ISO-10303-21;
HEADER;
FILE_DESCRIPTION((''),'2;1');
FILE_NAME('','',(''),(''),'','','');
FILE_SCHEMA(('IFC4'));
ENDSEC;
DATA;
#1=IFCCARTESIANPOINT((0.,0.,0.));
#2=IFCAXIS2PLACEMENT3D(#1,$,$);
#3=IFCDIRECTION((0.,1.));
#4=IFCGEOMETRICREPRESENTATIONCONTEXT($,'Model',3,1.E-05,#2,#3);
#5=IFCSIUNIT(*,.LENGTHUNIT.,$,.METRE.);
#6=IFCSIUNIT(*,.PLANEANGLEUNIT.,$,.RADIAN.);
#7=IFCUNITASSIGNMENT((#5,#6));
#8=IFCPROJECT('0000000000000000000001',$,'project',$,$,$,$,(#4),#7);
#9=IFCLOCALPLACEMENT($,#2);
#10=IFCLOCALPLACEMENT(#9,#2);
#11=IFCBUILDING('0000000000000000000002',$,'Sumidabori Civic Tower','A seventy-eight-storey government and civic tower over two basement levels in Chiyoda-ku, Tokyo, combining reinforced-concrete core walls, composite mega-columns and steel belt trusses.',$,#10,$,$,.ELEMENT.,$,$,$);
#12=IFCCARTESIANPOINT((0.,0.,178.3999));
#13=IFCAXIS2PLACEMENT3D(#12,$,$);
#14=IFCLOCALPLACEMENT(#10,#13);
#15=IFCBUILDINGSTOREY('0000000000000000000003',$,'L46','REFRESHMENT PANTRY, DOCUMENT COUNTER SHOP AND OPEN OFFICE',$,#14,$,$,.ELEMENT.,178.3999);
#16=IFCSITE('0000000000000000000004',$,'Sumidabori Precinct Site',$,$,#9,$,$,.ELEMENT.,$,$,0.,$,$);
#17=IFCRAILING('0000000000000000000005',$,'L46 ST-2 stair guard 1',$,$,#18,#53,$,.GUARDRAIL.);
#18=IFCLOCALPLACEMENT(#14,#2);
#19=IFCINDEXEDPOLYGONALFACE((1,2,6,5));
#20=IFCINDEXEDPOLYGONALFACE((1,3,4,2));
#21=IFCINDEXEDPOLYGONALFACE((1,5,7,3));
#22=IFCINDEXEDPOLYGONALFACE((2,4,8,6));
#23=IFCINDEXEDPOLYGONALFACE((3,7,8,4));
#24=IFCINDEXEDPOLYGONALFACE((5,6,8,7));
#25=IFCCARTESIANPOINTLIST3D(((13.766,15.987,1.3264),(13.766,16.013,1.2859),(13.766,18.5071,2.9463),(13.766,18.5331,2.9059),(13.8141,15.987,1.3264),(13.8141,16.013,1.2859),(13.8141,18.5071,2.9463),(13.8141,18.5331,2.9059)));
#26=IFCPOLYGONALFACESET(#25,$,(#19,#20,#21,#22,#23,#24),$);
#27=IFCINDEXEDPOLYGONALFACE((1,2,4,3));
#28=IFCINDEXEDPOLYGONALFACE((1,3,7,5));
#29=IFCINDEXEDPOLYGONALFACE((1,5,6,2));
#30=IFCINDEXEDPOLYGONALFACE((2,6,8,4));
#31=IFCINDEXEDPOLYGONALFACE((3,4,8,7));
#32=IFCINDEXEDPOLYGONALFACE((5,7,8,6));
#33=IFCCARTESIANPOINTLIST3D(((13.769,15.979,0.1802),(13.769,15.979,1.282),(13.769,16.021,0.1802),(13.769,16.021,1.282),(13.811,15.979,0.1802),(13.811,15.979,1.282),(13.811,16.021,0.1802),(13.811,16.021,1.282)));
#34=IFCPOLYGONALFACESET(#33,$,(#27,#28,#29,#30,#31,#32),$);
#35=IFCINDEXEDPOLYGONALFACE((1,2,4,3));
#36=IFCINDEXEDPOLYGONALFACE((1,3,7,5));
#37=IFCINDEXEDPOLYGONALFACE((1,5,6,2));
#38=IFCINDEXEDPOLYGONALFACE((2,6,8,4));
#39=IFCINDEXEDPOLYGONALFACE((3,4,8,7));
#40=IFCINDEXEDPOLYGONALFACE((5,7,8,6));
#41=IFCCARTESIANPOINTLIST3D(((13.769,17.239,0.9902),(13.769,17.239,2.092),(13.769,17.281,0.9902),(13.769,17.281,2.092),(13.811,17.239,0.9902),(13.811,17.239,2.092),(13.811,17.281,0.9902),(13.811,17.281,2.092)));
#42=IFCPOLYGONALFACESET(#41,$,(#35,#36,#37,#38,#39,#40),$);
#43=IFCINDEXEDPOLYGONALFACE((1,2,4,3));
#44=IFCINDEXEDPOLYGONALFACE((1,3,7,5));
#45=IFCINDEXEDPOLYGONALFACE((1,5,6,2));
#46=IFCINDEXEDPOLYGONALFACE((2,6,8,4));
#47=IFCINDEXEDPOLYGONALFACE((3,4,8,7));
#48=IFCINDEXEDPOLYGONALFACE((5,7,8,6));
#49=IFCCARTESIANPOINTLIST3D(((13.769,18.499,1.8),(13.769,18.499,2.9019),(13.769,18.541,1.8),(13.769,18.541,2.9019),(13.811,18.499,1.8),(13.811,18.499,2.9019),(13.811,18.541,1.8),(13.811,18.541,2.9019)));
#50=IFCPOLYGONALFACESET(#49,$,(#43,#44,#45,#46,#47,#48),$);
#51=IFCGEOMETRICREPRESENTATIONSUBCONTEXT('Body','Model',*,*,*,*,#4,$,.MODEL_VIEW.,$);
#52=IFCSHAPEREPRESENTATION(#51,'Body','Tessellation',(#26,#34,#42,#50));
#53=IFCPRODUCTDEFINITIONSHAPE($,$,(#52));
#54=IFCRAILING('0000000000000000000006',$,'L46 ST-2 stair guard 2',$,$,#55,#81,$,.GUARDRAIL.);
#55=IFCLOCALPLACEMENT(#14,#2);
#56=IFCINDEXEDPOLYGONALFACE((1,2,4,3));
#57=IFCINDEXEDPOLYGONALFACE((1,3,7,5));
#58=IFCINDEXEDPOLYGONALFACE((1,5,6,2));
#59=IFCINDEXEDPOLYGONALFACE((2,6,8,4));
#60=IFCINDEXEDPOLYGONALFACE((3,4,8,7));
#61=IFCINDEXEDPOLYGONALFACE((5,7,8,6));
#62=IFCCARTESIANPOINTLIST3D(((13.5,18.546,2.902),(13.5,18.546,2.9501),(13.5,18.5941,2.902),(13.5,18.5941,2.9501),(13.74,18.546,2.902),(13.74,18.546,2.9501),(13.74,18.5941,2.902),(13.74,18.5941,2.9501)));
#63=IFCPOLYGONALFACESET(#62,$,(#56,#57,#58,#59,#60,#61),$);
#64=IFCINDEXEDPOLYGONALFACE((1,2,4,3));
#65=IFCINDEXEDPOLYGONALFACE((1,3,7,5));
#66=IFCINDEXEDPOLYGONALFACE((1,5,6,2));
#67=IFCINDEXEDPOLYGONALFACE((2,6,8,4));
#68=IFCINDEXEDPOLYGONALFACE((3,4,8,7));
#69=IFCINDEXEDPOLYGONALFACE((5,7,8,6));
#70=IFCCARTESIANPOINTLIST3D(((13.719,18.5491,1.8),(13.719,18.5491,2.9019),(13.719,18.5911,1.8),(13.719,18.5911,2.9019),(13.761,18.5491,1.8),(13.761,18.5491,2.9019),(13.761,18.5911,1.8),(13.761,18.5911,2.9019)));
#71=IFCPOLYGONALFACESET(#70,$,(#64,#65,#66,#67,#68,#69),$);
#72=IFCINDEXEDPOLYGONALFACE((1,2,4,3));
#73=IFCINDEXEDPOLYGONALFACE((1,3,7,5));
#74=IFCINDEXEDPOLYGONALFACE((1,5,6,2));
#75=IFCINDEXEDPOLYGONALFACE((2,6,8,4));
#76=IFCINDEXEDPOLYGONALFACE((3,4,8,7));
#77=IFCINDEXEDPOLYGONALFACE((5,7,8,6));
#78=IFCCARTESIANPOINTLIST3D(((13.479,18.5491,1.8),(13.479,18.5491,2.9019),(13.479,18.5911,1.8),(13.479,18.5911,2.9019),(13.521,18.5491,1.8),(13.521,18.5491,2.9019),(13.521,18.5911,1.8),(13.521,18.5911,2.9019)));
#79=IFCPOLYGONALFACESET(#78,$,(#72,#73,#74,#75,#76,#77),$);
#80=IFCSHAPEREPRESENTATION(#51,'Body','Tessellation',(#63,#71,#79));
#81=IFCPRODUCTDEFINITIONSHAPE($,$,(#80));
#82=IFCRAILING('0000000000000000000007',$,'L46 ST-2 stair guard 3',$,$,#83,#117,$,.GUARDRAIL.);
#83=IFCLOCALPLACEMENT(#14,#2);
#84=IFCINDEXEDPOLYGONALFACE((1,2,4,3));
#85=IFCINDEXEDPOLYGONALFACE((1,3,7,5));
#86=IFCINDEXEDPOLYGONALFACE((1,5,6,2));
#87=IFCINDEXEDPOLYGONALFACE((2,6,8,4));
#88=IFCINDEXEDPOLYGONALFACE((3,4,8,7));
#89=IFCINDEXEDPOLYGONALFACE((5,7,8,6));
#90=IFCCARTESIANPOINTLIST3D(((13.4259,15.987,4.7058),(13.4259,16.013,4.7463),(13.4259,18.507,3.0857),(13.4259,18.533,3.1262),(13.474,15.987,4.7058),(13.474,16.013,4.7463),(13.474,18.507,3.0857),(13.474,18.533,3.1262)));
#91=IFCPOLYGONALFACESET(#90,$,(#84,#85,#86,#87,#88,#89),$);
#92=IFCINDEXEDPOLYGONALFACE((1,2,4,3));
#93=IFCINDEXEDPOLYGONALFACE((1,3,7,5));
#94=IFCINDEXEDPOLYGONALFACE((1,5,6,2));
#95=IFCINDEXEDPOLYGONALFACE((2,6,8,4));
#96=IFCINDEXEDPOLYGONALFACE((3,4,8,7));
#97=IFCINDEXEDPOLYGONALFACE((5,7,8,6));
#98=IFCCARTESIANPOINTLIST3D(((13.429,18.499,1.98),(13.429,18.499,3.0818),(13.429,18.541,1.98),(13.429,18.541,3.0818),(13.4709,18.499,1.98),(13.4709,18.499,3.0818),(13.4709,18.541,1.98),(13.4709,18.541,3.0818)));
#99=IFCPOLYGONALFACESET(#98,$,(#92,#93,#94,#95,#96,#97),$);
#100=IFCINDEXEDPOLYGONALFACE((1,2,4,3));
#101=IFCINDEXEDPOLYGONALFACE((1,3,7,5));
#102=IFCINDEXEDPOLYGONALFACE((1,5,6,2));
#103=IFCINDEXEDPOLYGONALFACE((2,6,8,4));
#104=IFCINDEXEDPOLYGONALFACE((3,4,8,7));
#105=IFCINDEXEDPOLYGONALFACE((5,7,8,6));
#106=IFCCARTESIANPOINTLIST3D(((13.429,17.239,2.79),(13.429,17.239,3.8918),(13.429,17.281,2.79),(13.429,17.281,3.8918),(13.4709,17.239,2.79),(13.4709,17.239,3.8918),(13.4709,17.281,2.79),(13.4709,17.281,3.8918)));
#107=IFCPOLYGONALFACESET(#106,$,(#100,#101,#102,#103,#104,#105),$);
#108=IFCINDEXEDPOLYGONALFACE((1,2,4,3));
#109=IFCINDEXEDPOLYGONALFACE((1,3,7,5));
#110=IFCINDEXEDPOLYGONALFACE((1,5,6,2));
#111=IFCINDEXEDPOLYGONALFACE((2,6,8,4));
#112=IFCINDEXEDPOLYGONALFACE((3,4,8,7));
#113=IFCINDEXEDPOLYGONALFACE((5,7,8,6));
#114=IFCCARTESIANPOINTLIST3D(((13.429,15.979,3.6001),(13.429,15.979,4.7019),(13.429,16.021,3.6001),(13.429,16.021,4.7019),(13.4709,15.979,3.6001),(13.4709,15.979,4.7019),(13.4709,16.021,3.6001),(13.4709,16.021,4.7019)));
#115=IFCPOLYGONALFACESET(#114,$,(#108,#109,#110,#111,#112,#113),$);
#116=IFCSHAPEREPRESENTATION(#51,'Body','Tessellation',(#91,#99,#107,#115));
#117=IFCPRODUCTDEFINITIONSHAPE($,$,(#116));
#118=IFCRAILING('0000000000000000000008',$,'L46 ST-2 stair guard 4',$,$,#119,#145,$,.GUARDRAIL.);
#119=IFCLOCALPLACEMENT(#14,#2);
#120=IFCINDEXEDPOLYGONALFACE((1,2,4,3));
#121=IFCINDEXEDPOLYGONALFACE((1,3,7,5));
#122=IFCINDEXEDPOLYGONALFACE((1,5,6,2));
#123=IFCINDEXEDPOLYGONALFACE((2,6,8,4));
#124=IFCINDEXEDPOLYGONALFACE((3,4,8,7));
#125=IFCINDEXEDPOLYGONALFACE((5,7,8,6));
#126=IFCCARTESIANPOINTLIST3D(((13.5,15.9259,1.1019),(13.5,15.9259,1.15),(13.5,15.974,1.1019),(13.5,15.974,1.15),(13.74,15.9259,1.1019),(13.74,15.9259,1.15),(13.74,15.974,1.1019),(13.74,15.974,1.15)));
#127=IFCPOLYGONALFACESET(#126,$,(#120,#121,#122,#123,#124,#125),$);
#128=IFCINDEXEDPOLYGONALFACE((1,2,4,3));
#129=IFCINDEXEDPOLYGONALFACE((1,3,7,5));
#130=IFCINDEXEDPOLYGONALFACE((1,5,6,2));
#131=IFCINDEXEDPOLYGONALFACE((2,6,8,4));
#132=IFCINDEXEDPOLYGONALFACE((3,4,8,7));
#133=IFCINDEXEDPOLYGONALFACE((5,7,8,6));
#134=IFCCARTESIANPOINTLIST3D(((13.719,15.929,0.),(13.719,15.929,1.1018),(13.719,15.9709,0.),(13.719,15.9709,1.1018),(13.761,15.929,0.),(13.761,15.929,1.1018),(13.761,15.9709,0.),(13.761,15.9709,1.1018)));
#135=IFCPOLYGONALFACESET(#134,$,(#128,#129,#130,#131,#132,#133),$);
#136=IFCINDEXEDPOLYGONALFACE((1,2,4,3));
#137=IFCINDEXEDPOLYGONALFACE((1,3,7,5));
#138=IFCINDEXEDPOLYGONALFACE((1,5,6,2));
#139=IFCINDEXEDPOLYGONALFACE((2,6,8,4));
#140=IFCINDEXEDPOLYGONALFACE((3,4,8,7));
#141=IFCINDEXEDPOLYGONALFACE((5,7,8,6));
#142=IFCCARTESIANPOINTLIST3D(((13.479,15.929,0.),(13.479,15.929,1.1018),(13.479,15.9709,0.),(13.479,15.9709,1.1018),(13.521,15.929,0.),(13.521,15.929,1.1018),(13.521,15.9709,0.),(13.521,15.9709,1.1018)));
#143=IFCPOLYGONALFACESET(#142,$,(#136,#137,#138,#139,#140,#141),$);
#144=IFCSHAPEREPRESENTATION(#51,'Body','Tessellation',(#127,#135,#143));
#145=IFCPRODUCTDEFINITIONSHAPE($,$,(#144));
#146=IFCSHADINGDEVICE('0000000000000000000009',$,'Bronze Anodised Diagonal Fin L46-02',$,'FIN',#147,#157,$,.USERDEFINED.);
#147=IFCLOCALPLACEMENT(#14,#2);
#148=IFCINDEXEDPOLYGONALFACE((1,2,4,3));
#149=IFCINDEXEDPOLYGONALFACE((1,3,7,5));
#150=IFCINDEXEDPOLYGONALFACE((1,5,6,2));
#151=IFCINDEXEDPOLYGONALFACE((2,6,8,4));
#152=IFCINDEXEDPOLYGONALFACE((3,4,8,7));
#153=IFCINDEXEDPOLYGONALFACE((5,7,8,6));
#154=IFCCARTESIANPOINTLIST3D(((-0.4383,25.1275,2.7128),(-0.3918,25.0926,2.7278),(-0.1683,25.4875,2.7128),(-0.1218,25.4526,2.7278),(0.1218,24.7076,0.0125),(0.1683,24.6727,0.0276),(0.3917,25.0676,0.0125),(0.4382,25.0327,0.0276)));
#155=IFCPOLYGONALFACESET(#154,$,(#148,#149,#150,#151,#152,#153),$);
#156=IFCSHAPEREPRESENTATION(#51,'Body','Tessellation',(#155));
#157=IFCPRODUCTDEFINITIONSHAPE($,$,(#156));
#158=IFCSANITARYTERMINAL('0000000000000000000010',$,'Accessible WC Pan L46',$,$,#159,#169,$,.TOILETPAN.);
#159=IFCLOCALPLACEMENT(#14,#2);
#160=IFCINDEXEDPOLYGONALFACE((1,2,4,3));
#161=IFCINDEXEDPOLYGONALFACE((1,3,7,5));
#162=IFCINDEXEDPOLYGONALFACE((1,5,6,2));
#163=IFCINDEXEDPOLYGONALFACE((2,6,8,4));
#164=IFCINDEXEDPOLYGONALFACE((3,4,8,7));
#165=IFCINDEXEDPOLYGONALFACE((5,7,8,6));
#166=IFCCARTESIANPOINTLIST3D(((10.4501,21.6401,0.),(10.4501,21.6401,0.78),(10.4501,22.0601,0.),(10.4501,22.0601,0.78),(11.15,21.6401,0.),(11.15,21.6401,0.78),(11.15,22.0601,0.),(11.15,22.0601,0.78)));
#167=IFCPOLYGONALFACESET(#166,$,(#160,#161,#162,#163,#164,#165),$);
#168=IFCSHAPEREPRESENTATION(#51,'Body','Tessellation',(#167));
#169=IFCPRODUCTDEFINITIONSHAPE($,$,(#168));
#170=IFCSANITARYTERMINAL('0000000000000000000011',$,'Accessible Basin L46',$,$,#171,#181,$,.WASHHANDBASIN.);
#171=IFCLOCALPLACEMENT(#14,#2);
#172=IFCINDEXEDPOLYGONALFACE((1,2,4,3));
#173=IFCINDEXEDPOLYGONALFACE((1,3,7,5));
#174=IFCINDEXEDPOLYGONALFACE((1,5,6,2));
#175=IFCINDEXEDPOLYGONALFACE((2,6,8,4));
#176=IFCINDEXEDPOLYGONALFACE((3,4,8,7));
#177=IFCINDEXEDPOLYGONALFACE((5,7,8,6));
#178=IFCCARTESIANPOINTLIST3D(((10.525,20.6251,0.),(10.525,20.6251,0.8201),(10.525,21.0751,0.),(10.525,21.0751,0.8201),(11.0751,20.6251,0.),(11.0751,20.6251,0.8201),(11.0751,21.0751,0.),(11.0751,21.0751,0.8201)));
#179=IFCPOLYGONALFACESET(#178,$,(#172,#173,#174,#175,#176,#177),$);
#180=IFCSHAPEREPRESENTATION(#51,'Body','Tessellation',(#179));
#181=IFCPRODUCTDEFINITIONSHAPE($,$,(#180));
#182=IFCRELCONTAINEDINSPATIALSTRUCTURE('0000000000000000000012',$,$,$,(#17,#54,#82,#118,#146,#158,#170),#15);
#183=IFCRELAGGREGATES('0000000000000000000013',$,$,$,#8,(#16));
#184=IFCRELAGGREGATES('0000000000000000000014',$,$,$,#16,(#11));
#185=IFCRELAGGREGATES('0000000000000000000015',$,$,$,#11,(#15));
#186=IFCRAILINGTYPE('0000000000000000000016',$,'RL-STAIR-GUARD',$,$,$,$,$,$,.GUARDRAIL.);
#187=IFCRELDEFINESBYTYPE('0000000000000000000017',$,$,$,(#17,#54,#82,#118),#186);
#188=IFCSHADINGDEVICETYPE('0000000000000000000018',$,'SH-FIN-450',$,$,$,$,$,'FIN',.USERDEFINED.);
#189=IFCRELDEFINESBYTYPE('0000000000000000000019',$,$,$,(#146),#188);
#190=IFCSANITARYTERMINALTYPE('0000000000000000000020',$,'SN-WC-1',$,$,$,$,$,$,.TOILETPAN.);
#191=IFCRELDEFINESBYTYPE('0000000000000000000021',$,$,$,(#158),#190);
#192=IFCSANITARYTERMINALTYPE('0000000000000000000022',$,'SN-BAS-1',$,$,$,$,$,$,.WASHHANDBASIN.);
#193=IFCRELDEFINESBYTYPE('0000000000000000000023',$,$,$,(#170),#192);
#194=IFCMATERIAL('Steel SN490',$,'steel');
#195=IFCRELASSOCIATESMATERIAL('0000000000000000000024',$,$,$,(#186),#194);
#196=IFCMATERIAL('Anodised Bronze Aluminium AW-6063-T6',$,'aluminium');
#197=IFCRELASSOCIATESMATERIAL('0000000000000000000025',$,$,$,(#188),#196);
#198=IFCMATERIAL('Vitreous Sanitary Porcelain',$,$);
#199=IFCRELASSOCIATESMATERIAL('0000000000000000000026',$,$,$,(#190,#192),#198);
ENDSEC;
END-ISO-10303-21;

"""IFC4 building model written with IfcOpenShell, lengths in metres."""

from ifc_helpers import new_model, si_unit, direction, frame, origin, origin_2d, place, context, subcontext, project, spatial, rectangle, extrude, source, transform, mapped, material, material_profile, profile_set, type_object, element, save


model = new_model("IFC4")

# Units and contexts
model_context = context("Model", 3, precision=1e-05, world=origin(), true_north=direction((0.0, 1.0)))
body_context = subcontext(model_context, "Body", "Model", "MODEL_VIEW")
ifc_project = project(units=[si_unit("LENGTHUNIT", "METRE"), si_unit("PLANEANGLEUNIT", "RADIAN")], contexts=[model_context])

# Site, building, storey
site_placement = place(None, origin())
site = spatial("IfcSite", under=ifc_project, at=site_placement, Name="Sumidabori Precinct Site", CompositionType="ELEMENT", RefElevation=0.0)
building_placement = place(site_placement, origin())
building = spatial("IfcBuilding", under=site, at=building_placement, Name="Sumidabori Civic Tower", Description="A seventy-eight-storey government and civic tower over two basement levels in Chiyoda-ku, Tokyo, combining reinforced-concrete core walls, composite mega-columns and steel belt trusses.", CompositionType="ELEMENT")
storey_placement = place(building_placement, frame((0.0, 0.0, 178.3999)))
storey = spatial("IfcBuildingStorey", under=building, at=storey_placement, Name="L46", Description="REFRESHMENT PANTRY, DOCUMENT COUNTER SHOP AND OPEN OFFICE", CompositionType="ELEMENT", Elevation=178.3999)

# Shared definitions
ifc_material_1 = material(Name="Steel SN490", Category="steel")

# Shared definitions
ifc_material_2 = material(Name="Anodised Bronze Aluminium AW-6063-T6", Category="aluminium")

# Railings
railing_type_1 = type_object("IfcRailingType", Name="RL-STAIR-GUARD", PredefinedType="GUARDRAIL", material=ifc_material_1)
railing_1_placement = place(storey_placement, frame((13.79, 16.0, 0.1802)))
element("IfcRailing", 1, at=railing_1_placement, inside=storey, type_object=railing_type_1, Name="L46 ST-2 stair guard 1", PredefinedType="GUARDRAIL", context=body_context, shape_type="SweptSolid", body=[
    extrude(rectangle(XDim=0.0481, YDim=0.0481, at=origin_2d()), frame((0.0, 0.0, 1.126), z_axis=(0.0, 0.8412, 0.540725), x_axis=(-1.0, 0.0, 0.0)), (0.0, 0.0, 1.0), 2.9958),
    extrude(rectangle(XDim=0.042, YDim=0.042, at=origin_2d()), origin(), (0.0, 0.0, 1.0), 1.1018),
    extrude(rectangle(XDim=0.042, YDim=0.042, at=origin_2d()), frame((0.0, 1.26, 0.8101)), (0.0, 0.0, 1.0), 1.1018),
    extrude(rectangle(XDim=0.042, YDim=0.042, at=origin_2d()), frame((0.0, 2.52, 1.6199)), (0.0, 0.0, 1.0), 1.1018),
])
railing_2_placement = place(storey_placement, frame((13.74, 18.5701, 1.8)))
element("IfcRailing", 2, at=railing_2_placement, inside=storey, type_object=railing_type_1, Name="L46 ST-2 stair guard 2", PredefinedType="GUARDRAIL", context=body_context, shape_type="SweptSolid", body=[
    extrude(rectangle(XDim=0.0481, YDim=0.0481, at=origin_2d()), frame((0.0, 0.0, 1.126), z_axis=(-1.0, 0.0, 0.0), x_axis=(0.0, -1.0, 0.0)), (0.0, 0.0, 1.0), 0.24),
    extrude(rectangle(XDim=0.042, YDim=0.042, at=origin_2d()), origin(), (0.0, 0.0, 1.0), 1.1018),
    extrude(rectangle(XDim=0.042, YDim=0.042, at=origin_2d()), frame((-0.24, 0.0, 0.0)), (0.0, 0.0, 1.0), 1.1018),
])
railing_3_placement = place(storey_placement, frame((13.45, 18.52, 1.98)))
element("IfcRailing", 3, at=railing_3_placement, inside=storey, type_object=railing_type_1, Name="L46 ST-2 stair guard 3", PredefinedType="GUARDRAIL", context=body_context, shape_type="SweptSolid", body=[
    extrude(rectangle(XDim=0.0481, YDim=0.0481, at=origin_2d()), frame((0.0, 0.0, 1.126), z_axis=(0.0, -0.841163, 0.540782), x_axis=(1.0, 0.0, 0.0)), (0.0, 0.0, 1.0), 2.9958),
    extrude(rectangle(XDim=0.042, YDim=0.042, at=origin_2d()), origin(), (0.0, 0.0, 1.0), 1.1018),
    extrude(rectangle(XDim=0.042, YDim=0.042, at=origin_2d()), frame((0.0, -1.26, 0.8101)), (0.0, 0.0, 1.0), 1.1018),
    extrude(rectangle(XDim=0.042, YDim=0.042, at=origin_2d()), frame((0.0, -2.52, 1.6201)), (0.0, 0.0, 1.0), 1.1018),
])
railing_4_placement = place(storey_placement, frame((13.74, 15.95, 0.0)))
element("IfcRailing", 4, at=railing_4_placement, inside=storey, type_object=railing_type_1, Name="L46 ST-2 stair guard 4", PredefinedType="GUARDRAIL", context=body_context, shape_type="SweptSolid", body=[
    extrude(rectangle(XDim=0.0481, YDim=0.0481, at=origin_2d()), frame((0.0, 0.0, 1.126), z_axis=(-1.0, 0.0, 0.0), x_axis=(0.0, -1.0, 0.0)), (0.0, 0.0, 1.0), 0.24),
    extrude(rectangle(XDim=0.042, YDim=0.042, at=origin_2d()), origin(), (0.0, 0.0, 1.0), 1.1018),
    extrude(rectangle(XDim=0.042, YDim=0.042, at=origin_2d()), frame((-0.24, 0.0, 0.0)), (0.0, 0.0, 1.0), 1.1018),
])

# Shading device
ifc_material_profile_1 = material_profile(ifc_material_2, rectangle(XDim=0.0601, YDim=0.45, at=origin_2d()), Name="BRONZE FIN 450x60")
ifc_profile_set_1 = profile_set([ifc_material_profile_1], Name="Anodised Bronze Aluminium AW-6063-T6")
shading_device_type = type_object("IfcShadingDeviceType", Name="SH-FIN-450", ElementType="FIN", PredefinedType="USERDEFINED", material=ifc_profile_set_1)
shared_shape_1 = source(origin(), body_context, "Body", "SweptSolid", [
    extrude(rectangle(XDim=0.0601, YDim=0.45, at=origin_2d()), origin(), (0.0, 0.0, 1.0), 2.7896),
])
shading_device_placement = place(storey_placement, frame((0.28, 24.8701, 0.02), z_axis=(-0.200777, 0.150539, 0.968001), x_axis=(0.774482, -0.580693, 0.250945)))
element("IfcShadingDevice", 5, at=shading_device_placement, inside=storey, type_object=shading_device_type, Name="Bronze Anodised Diagonal Fin L46-02", ObjectType="FIN", PredefinedType="USERDEFINED", context=body_context, shape_type="MappedRepresentation", body=[
    mapped(shared_shape_1, transform((0.0, 0.0, 0.0), x_axis=(1.0, 0.0, 0.0), y_axis=(0.0, 1.0, 0.0), z_axis=(0.0, 0.0, 1.0), scale=1.0)),
])

# Sanitary terminals
ifc_material_3 = material(Name="Vitreous Sanitary Porcelain")
sanitary_terminal_type_1 = type_object("IfcSanitaryTerminalType", Name="SN-WC-1", PredefinedType="TOILETPAN", material=ifc_material_3)
shared_shape_2 = source(origin(), body_context, "Body", "SweptSolid", [
    extrude(rectangle(XDim=0.7, YDim=0.4199, at=origin_2d()), origin(), (0.0, 0.0, 1.0), 0.78),
])
sanitary_terminal_1_placement = place(storey_placement, frame((10.8, 21.8501, 0.0), z_axis=(0.0, 0.0, 1.0), x_axis=(1.0, 0.0, 0.0)))
element("IfcSanitaryTerminal", 6, at=sanitary_terminal_1_placement, inside=storey, type_object=sanitary_terminal_type_1, Name="Accessible WC Pan L46", PredefinedType="TOILETPAN", context=body_context, shape_type="MappedRepresentation", body=[
    mapped(shared_shape_2, transform((0.0, 0.0, 0.0), x_axis=(1.0, 0.0, 0.0), y_axis=(0.0, 1.0, 0.0), z_axis=(0.0, 0.0, 1.0), scale=1.0)),
])
sanitary_terminal_type_2 = type_object("IfcSanitaryTerminalType", Name="SN-BAS-1", PredefinedType="WASHHANDBASIN", material=ifc_material_3)
shared_shape_3 = source(origin(), body_context, "Body", "SweptSolid", [
    extrude(rectangle(XDim=0.55, YDim=0.45, at=origin_2d()), origin(), (0.0, 0.0, 1.0), 0.8201),
])
sanitary_terminal_2_placement = place(storey_placement, frame((10.8, 20.8501, 0.0), z_axis=(0.0, 0.0, 1.0), x_axis=(1.0, 0.0, 0.0)))
element("IfcSanitaryTerminal", 7, at=sanitary_terminal_2_placement, inside=storey, type_object=sanitary_terminal_type_2, Name="Accessible Basin L46", PredefinedType="WASHHANDBASIN", context=body_context, shape_type="MappedRepresentation", body=[
    mapped(shared_shape_3, transform((0.0, 0.0, 0.0), x_axis=(1.0, 0.0, 0.0), y_axis=(0.0, 1.0, 0.0), z_axis=(0.0, 0.0, 1.0), scale=1.0)),
])

save(model, "model.ifc")
